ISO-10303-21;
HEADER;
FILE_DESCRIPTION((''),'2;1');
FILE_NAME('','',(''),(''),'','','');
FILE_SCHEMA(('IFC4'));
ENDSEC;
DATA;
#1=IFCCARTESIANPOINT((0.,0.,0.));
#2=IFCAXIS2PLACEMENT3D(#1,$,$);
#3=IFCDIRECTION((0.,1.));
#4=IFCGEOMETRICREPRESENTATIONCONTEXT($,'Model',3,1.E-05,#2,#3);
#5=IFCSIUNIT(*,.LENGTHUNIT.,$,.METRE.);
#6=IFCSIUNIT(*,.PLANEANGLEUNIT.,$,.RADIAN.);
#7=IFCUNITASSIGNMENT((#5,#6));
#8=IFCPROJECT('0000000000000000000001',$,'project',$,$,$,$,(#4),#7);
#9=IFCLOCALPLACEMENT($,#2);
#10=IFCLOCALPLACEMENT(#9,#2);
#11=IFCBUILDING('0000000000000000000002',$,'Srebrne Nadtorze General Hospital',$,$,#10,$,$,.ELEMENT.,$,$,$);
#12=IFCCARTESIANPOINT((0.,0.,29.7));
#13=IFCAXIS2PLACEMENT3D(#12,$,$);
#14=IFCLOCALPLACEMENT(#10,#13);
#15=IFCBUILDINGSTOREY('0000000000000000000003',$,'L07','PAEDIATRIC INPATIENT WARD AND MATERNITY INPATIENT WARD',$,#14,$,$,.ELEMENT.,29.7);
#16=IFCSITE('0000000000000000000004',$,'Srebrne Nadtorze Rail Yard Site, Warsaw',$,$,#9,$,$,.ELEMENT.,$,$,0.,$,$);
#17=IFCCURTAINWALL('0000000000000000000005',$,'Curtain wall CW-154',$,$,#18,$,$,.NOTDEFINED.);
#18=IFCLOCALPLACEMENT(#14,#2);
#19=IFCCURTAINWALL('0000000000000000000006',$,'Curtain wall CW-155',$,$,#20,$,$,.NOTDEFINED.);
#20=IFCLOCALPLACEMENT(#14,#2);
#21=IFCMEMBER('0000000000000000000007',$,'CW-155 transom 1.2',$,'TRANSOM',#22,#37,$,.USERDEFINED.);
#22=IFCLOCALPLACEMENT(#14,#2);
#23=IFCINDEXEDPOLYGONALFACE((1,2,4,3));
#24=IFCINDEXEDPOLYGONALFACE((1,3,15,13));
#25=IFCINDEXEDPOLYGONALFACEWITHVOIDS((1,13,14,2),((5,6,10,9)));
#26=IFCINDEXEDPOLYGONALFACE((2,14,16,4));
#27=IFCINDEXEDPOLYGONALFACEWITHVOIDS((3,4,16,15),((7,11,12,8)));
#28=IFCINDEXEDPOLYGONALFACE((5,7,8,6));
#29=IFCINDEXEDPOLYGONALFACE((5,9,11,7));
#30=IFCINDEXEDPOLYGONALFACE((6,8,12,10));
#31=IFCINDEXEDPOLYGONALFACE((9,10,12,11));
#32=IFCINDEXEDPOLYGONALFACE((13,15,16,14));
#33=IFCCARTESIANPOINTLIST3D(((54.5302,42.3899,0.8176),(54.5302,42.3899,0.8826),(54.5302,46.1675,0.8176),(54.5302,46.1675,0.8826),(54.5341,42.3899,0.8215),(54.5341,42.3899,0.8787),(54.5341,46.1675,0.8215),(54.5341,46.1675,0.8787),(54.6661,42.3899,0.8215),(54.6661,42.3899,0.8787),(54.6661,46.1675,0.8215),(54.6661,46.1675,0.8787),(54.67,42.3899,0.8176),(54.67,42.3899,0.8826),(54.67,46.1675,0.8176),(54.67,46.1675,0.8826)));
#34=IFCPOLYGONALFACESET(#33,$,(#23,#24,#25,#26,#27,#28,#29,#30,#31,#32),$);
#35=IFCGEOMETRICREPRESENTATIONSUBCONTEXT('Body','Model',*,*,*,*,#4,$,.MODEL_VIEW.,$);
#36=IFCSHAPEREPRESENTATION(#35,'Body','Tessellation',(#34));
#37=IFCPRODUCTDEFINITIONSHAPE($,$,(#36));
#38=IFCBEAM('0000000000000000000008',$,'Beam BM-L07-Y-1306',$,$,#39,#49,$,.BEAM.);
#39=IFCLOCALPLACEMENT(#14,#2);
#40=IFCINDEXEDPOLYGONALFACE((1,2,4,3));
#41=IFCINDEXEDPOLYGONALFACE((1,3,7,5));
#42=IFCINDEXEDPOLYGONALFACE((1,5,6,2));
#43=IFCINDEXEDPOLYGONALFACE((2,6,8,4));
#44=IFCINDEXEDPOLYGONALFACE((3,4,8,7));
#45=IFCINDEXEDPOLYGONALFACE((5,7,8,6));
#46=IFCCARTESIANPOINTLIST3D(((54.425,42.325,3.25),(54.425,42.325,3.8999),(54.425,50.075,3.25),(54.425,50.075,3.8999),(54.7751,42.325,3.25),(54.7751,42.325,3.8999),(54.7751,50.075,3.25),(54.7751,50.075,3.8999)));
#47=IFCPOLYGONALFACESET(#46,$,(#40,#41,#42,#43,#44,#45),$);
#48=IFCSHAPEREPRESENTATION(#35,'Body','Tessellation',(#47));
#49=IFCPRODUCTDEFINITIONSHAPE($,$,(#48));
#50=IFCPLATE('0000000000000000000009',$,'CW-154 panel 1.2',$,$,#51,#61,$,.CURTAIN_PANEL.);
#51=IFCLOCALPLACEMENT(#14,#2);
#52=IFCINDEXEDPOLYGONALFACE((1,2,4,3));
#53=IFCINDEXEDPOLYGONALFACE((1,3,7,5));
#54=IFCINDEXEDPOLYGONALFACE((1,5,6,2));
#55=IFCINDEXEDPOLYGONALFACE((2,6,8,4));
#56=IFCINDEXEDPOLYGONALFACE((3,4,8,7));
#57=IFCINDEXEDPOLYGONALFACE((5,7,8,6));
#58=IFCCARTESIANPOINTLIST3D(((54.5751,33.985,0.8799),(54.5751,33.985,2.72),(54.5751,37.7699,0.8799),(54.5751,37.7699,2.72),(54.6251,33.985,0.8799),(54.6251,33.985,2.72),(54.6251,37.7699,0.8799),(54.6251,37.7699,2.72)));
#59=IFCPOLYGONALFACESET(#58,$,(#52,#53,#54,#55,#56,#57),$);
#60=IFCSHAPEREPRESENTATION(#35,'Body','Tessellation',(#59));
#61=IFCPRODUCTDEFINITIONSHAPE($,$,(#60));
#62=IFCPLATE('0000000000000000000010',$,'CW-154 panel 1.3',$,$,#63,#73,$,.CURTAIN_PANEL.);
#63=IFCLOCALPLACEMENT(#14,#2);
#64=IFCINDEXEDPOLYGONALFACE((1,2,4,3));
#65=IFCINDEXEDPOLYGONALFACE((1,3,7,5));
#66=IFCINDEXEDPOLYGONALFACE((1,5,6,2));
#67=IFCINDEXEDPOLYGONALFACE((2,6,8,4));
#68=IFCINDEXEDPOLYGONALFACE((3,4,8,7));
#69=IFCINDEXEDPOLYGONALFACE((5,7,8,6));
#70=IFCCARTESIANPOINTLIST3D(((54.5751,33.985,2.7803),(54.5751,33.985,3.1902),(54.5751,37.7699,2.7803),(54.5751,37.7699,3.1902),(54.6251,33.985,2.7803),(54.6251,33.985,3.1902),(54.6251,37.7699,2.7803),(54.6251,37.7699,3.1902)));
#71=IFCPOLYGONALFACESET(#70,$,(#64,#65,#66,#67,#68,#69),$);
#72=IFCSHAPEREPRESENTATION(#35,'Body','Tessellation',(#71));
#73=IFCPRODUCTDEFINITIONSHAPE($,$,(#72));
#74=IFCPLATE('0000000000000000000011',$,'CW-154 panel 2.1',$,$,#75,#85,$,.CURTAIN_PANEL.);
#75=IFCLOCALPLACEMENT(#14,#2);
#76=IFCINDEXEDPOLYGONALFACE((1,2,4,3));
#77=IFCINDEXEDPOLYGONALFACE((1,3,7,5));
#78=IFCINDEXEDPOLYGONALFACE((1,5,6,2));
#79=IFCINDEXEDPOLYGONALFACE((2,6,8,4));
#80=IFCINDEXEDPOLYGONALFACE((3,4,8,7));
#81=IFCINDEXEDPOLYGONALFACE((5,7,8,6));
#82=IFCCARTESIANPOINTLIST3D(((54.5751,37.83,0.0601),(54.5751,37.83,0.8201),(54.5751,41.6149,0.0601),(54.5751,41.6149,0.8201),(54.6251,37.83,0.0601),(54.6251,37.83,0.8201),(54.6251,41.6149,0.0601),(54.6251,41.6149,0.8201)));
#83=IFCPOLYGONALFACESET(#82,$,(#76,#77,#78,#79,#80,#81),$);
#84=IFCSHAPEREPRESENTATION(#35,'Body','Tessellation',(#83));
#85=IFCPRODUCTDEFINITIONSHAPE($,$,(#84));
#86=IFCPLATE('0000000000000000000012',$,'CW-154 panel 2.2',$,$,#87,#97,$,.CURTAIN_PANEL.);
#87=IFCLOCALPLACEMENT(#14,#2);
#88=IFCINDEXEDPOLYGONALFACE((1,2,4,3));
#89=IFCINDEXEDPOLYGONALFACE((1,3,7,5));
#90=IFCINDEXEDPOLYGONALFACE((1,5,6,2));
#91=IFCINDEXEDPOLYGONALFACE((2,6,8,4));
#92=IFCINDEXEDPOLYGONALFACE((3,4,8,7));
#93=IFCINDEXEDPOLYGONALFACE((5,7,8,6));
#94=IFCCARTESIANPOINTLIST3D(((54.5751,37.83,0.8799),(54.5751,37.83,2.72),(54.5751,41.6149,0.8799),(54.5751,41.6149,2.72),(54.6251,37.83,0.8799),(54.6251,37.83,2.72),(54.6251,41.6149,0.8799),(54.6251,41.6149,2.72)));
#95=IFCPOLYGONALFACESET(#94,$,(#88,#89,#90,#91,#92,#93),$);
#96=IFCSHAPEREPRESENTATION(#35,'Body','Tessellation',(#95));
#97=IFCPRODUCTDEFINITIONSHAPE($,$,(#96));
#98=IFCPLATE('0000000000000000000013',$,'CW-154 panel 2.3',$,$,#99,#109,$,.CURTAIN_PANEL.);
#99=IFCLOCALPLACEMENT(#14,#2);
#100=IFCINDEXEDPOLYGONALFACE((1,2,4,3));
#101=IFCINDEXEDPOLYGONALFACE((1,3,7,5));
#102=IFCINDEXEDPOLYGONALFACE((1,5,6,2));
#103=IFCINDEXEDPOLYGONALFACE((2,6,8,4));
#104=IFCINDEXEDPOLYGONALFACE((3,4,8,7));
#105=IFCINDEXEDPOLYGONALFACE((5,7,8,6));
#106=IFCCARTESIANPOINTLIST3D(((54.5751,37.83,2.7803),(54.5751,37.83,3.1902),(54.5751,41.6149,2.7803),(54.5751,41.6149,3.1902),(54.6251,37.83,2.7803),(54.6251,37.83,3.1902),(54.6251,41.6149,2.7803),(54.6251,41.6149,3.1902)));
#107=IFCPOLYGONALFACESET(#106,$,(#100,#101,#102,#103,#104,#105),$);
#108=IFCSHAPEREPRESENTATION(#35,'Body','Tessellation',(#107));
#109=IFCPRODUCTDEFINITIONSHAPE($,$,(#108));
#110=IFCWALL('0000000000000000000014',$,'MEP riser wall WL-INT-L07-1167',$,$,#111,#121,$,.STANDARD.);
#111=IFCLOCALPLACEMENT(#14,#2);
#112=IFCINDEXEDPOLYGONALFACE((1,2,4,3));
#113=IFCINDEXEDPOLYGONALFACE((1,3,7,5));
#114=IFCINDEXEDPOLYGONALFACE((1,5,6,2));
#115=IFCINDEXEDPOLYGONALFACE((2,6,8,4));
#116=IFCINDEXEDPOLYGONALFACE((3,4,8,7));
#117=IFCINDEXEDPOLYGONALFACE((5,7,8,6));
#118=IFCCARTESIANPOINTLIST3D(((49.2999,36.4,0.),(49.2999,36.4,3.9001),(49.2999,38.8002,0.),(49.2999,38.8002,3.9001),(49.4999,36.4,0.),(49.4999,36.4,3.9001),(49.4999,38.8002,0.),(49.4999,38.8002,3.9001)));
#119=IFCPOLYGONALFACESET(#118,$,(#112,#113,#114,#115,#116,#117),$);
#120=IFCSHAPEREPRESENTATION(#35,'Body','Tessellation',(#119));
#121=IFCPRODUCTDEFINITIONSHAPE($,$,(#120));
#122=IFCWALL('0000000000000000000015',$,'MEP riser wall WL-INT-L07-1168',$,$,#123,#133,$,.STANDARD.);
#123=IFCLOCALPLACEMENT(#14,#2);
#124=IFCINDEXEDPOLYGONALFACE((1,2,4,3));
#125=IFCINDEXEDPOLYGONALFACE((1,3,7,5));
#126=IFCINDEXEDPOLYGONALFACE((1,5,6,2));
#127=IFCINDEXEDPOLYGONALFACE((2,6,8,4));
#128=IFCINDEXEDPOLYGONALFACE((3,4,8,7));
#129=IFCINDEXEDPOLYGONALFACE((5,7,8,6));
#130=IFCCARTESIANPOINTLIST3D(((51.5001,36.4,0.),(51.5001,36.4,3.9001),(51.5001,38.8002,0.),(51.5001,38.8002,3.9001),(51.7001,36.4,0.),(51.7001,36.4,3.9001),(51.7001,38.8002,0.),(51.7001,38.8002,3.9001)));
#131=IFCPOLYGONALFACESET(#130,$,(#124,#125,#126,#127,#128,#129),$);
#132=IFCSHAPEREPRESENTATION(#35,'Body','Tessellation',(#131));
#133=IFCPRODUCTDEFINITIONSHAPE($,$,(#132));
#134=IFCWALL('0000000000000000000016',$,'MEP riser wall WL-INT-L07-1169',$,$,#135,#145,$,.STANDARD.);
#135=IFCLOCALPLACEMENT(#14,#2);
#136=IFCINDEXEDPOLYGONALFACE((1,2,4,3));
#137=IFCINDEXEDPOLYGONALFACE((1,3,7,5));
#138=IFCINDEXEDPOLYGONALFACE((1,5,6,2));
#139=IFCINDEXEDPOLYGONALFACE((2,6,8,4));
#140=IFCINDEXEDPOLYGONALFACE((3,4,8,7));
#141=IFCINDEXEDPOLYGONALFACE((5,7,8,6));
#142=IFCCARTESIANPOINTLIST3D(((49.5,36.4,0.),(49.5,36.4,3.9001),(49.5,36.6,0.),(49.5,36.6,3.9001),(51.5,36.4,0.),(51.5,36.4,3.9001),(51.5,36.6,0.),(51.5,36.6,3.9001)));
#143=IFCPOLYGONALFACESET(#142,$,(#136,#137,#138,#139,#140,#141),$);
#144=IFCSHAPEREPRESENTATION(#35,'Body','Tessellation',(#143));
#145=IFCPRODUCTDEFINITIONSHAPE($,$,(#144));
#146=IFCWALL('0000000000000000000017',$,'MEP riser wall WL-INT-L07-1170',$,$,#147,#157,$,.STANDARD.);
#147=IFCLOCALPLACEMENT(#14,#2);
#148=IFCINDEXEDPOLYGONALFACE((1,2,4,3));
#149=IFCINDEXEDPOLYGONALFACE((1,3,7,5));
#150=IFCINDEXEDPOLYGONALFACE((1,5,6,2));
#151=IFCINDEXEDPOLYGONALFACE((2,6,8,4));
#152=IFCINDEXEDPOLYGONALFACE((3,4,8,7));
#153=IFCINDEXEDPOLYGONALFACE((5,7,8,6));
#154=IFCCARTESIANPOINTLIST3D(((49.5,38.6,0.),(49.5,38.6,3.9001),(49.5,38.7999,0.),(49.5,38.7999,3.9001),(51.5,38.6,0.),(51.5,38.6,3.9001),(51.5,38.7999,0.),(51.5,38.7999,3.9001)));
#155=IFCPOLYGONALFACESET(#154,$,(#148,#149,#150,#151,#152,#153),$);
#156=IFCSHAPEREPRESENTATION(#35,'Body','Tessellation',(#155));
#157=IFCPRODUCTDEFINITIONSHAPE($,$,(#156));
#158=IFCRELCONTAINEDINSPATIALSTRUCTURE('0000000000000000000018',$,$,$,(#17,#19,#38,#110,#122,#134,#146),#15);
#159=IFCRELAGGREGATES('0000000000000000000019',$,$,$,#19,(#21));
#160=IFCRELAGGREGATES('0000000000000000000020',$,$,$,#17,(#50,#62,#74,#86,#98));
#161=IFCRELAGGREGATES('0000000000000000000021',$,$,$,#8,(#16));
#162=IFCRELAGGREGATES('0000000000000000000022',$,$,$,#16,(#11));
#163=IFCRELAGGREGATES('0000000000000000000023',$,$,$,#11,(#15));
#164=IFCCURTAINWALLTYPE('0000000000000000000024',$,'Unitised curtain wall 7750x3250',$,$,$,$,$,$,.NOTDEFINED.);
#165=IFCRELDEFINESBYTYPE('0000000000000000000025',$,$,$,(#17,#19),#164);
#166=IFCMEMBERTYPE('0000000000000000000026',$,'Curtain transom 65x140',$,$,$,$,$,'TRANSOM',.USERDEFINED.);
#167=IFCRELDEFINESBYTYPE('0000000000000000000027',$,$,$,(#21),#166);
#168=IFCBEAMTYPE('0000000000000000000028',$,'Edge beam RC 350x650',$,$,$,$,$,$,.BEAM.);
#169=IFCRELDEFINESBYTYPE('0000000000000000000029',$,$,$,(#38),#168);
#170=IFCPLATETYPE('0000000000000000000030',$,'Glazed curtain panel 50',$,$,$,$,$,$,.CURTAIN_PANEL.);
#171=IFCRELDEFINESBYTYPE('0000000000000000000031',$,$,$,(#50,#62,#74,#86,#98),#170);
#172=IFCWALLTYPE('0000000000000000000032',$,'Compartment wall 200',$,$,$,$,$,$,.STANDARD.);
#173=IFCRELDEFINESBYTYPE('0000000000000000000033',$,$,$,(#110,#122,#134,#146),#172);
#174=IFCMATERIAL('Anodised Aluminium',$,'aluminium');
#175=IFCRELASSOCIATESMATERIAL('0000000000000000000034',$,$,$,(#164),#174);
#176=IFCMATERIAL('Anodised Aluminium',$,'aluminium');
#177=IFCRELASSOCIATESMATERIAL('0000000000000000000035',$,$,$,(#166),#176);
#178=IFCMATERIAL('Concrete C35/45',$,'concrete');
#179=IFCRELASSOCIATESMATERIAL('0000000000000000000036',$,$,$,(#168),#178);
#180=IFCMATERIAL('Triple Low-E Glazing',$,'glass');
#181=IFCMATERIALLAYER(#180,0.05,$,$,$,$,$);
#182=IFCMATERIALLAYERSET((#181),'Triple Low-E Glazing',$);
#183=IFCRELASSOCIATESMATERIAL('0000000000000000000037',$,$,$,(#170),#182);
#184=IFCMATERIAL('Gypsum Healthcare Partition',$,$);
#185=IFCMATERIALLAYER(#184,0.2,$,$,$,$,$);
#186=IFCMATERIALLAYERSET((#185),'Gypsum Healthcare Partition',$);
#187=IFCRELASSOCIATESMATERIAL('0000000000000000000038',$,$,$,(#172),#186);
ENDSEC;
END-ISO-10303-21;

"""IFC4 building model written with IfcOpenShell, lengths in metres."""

from ifc_helpers import new_model, si_unit, direction, frame, frame_2d, origin, origin_2d, place, context, subcontext, project, spatial, rectangle, hollow_rectangle, extrude, material, layer, layer_set, material_profile, profile_set, type_object, element, aggregate, save


model = new_model("IFC4")

# Units and contexts
model_context = context("Model", 3, precision=1e-05, world=origin(), true_north=direction((0.0, 1.0)))
body_context = subcontext(model_context, "Body", "Model", "MODEL_VIEW")
ifc_project = project(units=[si_unit("LENGTHUNIT", "METRE"), si_unit("PLANEANGLEUNIT", "RADIAN")], contexts=[model_context])

# Site, building, storey
site_placement = place(None, origin())
site = spatial("IfcSite", under=ifc_project, at=site_placement, Name="Srebrne Nadtorze Rail Yard Site, Warsaw", CompositionType="ELEMENT", RefElevation=0.0)
building_placement = place(site_placement, origin())
building = spatial("IfcBuilding", under=site, at=building_placement, Name="Srebrne Nadtorze General Hospital", CompositionType="ELEMENT")
storey_placement = place(building_placement, frame((0.0, 0.0, 29.7)))
storey = spatial("IfcBuildingStorey", under=building, at=storey_placement, Name="L07", Description="PAEDIATRIC INPATIENT WARD AND MATERNITY INPATIENT WARD", CompositionType="ELEMENT", Elevation=29.7)

# Curtain wall
ifc_material_1 = material(Name="Anodised Aluminium", Category="aluminium")
curtain_wall_type = type_object("IfcCurtainWallType", Name="Unitised curtain wall 7750x3250", PredefinedType="NOTDEFINED", material=ifc_material_1)
curtain_wall_1_placement = place(storey_placement, origin())
curtain_wall_1 = element("IfcCurtainWall", 1, at=curtain_wall_1_placement, inside=storey, type_object=curtain_wall_type, Name="Curtain wall CW-154", PredefinedType="NOTDEFINED")

# Curtain wall
curtain_wall_2_placement = place(storey_placement, origin())
curtain_wall_2 = element("IfcCurtainWall", 2, at=curtain_wall_2_placement, inside=storey, type_object=curtain_wall_type, Name="Curtain wall CW-155", PredefinedType="NOTDEFINED")

# Member
ifc_material_2 = material(Name="Anodised Aluminium", Category="aluminium")
ifc_material_profile_1 = material_profile(ifc_material_2, hollow_rectangle(XDim=0.0649, YDim=0.1399, WallThickness=0.0039, at=origin_2d()), Name="AL-TRN-65x140")
ifc_profile_set_1 = profile_set([ifc_material_profile_1], Name="Anodised Aluminium")
member_type_1 = type_object("IfcMemberType", Name="Curtain transom 65x140", ElementType="TRANSOM", PredefinedType="USERDEFINED", material=ifc_profile_set_1)
member_1_placement = place(storey_placement, frame((54.6001, 42.3899, 0.8501), z_axis=(0.0, 1.0, 0.0), x_axis=(0.0, 0.0, 1.0)))
member_1 = element("IfcMember", 3, at=member_1_placement, type_object=member_type_1, Name="CW-155 transom 1.2", ObjectType="TRANSOM", PredefinedType="USERDEFINED", context=body_context, shape_type="SweptSolid", body=[
    extrude(hollow_rectangle(XDim=0.0649, YDim=0.1399, WallThickness=0.0039, at=origin_2d()), origin(), (0.0, 0.0, 1.0), 3.7776),
])
aggregate(curtain_wall_2, [member_1])

# Beam
ifc_material_3 = material(Name="Concrete C35/45", Category="concrete")
ifc_material_profile_2 = material_profile(ifc_material_3, rectangle(XDim=0.3501, YDim=0.6499, at=origin_2d()), Name="RC-BM-350x650")
ifc_profile_set_2 = profile_set([ifc_material_profile_2], Name="Concrete C35/45")
beam_type = type_object("IfcBeamType", Name="Edge beam RC 350x650", PredefinedType="BEAM", material=ifc_profile_set_2)
beam_placement = place(storey_placement, frame((54.6001, 42.325, 3.575), z_axis=(0.0, 1.0, 0.0), x_axis=(-1.0, 0.0, 0.0)))
element("IfcBeam", 4, at=beam_placement, inside=storey, type_object=beam_type, Name="Beam BM-L07-Y-1306", PredefinedType="BEAM", context=body_context, shape_type="SweptSolid", body=[
    extrude(rectangle(XDim=0.3501, YDim=0.6499, at=origin_2d()), origin(), (0.0, 0.0, 1.0), 7.75),
])

# Plates
ifc_material_4 = material(Name="Triple Low-E Glazing", Category="glass")
ifc_layer_1 = layer(ifc_material_4, 0.05)
ifc_layer_set_1 = layer_set([ifc_layer_1], Name="Triple Low-E Glazing")
plate_type = type_object("IfcPlateType", Name="Glazed curtain panel 50", PredefinedType="CURTAIN_PANEL", material=ifc_layer_set_1)
plate_1_placement = place(storey_placement, frame((54.6001, 35.8774, 0.8799), z_axis=(0.0, 0.0, 1.0), x_axis=(0.0, 1.0, 0.0)))
plate_1 = element("IfcPlate", 5, at=plate_1_placement, type_object=plate_type, Name="CW-154 panel 1.2", PredefinedType="CURTAIN_PANEL", context=body_context, shape_type="SweptSolid", body=[
    extrude(rectangle(XDim=3.7849, YDim=0.05, at=origin_2d()), origin(), (0.0, 0.0, 1.0), 1.8401),
])
plate_2_placement = place(storey_placement, frame((54.6001, 35.8774, 2.7803), z_axis=(0.0, 0.0, 1.0), x_axis=(0.0, 1.0, 0.0)))
plate_2 = element("IfcPlate", 6, at=plate_2_placement, type_object=plate_type, Name="CW-154 panel 1.3", PredefinedType="CURTAIN_PANEL", context=body_context, shape_type="SweptSolid", body=[
    extrude(rectangle(XDim=3.7849, YDim=0.05, at=origin_2d()), origin(), (0.0, 0.0, 1.0), 0.4099),
])
plate_3_placement = place(storey_placement, frame((54.6001, 39.7224, 0.0601), z_axis=(0.0, 0.0, 1.0), x_axis=(0.0, 1.0, 0.0)))
plate_3 = element("IfcPlate", 7, at=plate_3_placement, type_object=plate_type, Name="CW-154 panel 2.1", PredefinedType="CURTAIN_PANEL", context=body_context, shape_type="SweptSolid", body=[
    extrude(rectangle(XDim=3.7849, YDim=0.05, at=origin_2d()), origin(), (0.0, 0.0, 1.0), 0.76),
])
plate_4_placement = place(storey_placement, frame((54.6001, 39.7224, 0.8799), z_axis=(0.0, 0.0, 1.0), x_axis=(0.0, 1.0, 0.0)))
plate_4 = element("IfcPlate", 8, at=plate_4_placement, type_object=plate_type, Name="CW-154 panel 2.2", PredefinedType="CURTAIN_PANEL", context=body_context, shape_type="SweptSolid", body=[
    extrude(rectangle(XDim=3.7849, YDim=0.05, at=origin_2d()), origin(), (0.0, 0.0, 1.0), 1.8401),
])
plate_5_placement = place(storey_placement, frame((54.6001, 39.7224, 2.7803), z_axis=(0.0, 0.0, 1.0), x_axis=(0.0, 1.0, 0.0)))
plate_5 = element("IfcPlate", 9, at=plate_5_placement, type_object=plate_type, Name="CW-154 panel 2.3", PredefinedType="CURTAIN_PANEL", context=body_context, shape_type="SweptSolid", body=[
    extrude(rectangle(XDim=3.7849, YDim=0.05, at=origin_2d()), origin(), (0.0, 0.0, 1.0), 0.4099),
])
aggregate(curtain_wall_1, [plate_1, plate_2, plate_3, plate_4, plate_5])

# Walls
ifc_material_5 = material(Name="Gypsum Healthcare Partition")
ifc_layer_2 = layer(ifc_material_5, 0.2)
ifc_layer_set_2 = layer_set([ifc_layer_2], Name="Gypsum Healthcare Partition")
wall_type = type_object("IfcWallType", Name="Compartment wall 200", PredefinedType="STANDARD", material=ifc_layer_set_2)
for number, where, z_axis, x_axis, name in (
    (10, (49.3999, 36.3999, 0.0), (0.0, 0.0, 1.0), (0.0, 1.0, 0.0), "MEP riser wall WL-INT-L07-1167"),
    (11, (51.6001, 36.3999, 0.0), (0.0, 0.0, 1.0), (0.0, 1.0, 0.0), "MEP riser wall WL-INT-L07-1168"),
):
    element("IfcWall", number, at=place(storey_placement, frame(where, z_axis=z_axis, x_axis=x_axis)), inside=storey, type_object=wall_type, Name=name, PredefinedType="STANDARD", context=body_context, shape_type="SweptSolid", body=[
        extrude(rectangle(XDim=2.4001, YDim=0.2, at=frame_2d((1.2002, 0.0))), origin(), (0.0, 0.0, 1.0), 3.9001),
    ])
for number, where, z_axis, x_axis, name in (
    (12, (49.5, 36.5, 0.0), (0.0, 0.0, 1.0), (1.0, 0.0, 0.0), "MEP riser wall WL-INT-L07-1169"),
    (13, (49.5, 38.7, 0.0), (0.0, 0.0, 1.0), (1.0, 0.0, 0.0), "MEP riser wall WL-INT-L07-1170"),
):
    element("IfcWall", number, at=place(storey_placement, frame(where, z_axis=z_axis, x_axis=x_axis)), inside=storey, type_object=wall_type, Name=name, PredefinedType="STANDARD", context=body_context, shape_type="SweptSolid", body=[
        extrude(rectangle(XDim=2.0, YDim=0.2, at=frame_2d((1.0, 0.0))), origin(), (0.0, 0.0, 1.0), 3.9001),
    ])

save(model, "model.ifc")
